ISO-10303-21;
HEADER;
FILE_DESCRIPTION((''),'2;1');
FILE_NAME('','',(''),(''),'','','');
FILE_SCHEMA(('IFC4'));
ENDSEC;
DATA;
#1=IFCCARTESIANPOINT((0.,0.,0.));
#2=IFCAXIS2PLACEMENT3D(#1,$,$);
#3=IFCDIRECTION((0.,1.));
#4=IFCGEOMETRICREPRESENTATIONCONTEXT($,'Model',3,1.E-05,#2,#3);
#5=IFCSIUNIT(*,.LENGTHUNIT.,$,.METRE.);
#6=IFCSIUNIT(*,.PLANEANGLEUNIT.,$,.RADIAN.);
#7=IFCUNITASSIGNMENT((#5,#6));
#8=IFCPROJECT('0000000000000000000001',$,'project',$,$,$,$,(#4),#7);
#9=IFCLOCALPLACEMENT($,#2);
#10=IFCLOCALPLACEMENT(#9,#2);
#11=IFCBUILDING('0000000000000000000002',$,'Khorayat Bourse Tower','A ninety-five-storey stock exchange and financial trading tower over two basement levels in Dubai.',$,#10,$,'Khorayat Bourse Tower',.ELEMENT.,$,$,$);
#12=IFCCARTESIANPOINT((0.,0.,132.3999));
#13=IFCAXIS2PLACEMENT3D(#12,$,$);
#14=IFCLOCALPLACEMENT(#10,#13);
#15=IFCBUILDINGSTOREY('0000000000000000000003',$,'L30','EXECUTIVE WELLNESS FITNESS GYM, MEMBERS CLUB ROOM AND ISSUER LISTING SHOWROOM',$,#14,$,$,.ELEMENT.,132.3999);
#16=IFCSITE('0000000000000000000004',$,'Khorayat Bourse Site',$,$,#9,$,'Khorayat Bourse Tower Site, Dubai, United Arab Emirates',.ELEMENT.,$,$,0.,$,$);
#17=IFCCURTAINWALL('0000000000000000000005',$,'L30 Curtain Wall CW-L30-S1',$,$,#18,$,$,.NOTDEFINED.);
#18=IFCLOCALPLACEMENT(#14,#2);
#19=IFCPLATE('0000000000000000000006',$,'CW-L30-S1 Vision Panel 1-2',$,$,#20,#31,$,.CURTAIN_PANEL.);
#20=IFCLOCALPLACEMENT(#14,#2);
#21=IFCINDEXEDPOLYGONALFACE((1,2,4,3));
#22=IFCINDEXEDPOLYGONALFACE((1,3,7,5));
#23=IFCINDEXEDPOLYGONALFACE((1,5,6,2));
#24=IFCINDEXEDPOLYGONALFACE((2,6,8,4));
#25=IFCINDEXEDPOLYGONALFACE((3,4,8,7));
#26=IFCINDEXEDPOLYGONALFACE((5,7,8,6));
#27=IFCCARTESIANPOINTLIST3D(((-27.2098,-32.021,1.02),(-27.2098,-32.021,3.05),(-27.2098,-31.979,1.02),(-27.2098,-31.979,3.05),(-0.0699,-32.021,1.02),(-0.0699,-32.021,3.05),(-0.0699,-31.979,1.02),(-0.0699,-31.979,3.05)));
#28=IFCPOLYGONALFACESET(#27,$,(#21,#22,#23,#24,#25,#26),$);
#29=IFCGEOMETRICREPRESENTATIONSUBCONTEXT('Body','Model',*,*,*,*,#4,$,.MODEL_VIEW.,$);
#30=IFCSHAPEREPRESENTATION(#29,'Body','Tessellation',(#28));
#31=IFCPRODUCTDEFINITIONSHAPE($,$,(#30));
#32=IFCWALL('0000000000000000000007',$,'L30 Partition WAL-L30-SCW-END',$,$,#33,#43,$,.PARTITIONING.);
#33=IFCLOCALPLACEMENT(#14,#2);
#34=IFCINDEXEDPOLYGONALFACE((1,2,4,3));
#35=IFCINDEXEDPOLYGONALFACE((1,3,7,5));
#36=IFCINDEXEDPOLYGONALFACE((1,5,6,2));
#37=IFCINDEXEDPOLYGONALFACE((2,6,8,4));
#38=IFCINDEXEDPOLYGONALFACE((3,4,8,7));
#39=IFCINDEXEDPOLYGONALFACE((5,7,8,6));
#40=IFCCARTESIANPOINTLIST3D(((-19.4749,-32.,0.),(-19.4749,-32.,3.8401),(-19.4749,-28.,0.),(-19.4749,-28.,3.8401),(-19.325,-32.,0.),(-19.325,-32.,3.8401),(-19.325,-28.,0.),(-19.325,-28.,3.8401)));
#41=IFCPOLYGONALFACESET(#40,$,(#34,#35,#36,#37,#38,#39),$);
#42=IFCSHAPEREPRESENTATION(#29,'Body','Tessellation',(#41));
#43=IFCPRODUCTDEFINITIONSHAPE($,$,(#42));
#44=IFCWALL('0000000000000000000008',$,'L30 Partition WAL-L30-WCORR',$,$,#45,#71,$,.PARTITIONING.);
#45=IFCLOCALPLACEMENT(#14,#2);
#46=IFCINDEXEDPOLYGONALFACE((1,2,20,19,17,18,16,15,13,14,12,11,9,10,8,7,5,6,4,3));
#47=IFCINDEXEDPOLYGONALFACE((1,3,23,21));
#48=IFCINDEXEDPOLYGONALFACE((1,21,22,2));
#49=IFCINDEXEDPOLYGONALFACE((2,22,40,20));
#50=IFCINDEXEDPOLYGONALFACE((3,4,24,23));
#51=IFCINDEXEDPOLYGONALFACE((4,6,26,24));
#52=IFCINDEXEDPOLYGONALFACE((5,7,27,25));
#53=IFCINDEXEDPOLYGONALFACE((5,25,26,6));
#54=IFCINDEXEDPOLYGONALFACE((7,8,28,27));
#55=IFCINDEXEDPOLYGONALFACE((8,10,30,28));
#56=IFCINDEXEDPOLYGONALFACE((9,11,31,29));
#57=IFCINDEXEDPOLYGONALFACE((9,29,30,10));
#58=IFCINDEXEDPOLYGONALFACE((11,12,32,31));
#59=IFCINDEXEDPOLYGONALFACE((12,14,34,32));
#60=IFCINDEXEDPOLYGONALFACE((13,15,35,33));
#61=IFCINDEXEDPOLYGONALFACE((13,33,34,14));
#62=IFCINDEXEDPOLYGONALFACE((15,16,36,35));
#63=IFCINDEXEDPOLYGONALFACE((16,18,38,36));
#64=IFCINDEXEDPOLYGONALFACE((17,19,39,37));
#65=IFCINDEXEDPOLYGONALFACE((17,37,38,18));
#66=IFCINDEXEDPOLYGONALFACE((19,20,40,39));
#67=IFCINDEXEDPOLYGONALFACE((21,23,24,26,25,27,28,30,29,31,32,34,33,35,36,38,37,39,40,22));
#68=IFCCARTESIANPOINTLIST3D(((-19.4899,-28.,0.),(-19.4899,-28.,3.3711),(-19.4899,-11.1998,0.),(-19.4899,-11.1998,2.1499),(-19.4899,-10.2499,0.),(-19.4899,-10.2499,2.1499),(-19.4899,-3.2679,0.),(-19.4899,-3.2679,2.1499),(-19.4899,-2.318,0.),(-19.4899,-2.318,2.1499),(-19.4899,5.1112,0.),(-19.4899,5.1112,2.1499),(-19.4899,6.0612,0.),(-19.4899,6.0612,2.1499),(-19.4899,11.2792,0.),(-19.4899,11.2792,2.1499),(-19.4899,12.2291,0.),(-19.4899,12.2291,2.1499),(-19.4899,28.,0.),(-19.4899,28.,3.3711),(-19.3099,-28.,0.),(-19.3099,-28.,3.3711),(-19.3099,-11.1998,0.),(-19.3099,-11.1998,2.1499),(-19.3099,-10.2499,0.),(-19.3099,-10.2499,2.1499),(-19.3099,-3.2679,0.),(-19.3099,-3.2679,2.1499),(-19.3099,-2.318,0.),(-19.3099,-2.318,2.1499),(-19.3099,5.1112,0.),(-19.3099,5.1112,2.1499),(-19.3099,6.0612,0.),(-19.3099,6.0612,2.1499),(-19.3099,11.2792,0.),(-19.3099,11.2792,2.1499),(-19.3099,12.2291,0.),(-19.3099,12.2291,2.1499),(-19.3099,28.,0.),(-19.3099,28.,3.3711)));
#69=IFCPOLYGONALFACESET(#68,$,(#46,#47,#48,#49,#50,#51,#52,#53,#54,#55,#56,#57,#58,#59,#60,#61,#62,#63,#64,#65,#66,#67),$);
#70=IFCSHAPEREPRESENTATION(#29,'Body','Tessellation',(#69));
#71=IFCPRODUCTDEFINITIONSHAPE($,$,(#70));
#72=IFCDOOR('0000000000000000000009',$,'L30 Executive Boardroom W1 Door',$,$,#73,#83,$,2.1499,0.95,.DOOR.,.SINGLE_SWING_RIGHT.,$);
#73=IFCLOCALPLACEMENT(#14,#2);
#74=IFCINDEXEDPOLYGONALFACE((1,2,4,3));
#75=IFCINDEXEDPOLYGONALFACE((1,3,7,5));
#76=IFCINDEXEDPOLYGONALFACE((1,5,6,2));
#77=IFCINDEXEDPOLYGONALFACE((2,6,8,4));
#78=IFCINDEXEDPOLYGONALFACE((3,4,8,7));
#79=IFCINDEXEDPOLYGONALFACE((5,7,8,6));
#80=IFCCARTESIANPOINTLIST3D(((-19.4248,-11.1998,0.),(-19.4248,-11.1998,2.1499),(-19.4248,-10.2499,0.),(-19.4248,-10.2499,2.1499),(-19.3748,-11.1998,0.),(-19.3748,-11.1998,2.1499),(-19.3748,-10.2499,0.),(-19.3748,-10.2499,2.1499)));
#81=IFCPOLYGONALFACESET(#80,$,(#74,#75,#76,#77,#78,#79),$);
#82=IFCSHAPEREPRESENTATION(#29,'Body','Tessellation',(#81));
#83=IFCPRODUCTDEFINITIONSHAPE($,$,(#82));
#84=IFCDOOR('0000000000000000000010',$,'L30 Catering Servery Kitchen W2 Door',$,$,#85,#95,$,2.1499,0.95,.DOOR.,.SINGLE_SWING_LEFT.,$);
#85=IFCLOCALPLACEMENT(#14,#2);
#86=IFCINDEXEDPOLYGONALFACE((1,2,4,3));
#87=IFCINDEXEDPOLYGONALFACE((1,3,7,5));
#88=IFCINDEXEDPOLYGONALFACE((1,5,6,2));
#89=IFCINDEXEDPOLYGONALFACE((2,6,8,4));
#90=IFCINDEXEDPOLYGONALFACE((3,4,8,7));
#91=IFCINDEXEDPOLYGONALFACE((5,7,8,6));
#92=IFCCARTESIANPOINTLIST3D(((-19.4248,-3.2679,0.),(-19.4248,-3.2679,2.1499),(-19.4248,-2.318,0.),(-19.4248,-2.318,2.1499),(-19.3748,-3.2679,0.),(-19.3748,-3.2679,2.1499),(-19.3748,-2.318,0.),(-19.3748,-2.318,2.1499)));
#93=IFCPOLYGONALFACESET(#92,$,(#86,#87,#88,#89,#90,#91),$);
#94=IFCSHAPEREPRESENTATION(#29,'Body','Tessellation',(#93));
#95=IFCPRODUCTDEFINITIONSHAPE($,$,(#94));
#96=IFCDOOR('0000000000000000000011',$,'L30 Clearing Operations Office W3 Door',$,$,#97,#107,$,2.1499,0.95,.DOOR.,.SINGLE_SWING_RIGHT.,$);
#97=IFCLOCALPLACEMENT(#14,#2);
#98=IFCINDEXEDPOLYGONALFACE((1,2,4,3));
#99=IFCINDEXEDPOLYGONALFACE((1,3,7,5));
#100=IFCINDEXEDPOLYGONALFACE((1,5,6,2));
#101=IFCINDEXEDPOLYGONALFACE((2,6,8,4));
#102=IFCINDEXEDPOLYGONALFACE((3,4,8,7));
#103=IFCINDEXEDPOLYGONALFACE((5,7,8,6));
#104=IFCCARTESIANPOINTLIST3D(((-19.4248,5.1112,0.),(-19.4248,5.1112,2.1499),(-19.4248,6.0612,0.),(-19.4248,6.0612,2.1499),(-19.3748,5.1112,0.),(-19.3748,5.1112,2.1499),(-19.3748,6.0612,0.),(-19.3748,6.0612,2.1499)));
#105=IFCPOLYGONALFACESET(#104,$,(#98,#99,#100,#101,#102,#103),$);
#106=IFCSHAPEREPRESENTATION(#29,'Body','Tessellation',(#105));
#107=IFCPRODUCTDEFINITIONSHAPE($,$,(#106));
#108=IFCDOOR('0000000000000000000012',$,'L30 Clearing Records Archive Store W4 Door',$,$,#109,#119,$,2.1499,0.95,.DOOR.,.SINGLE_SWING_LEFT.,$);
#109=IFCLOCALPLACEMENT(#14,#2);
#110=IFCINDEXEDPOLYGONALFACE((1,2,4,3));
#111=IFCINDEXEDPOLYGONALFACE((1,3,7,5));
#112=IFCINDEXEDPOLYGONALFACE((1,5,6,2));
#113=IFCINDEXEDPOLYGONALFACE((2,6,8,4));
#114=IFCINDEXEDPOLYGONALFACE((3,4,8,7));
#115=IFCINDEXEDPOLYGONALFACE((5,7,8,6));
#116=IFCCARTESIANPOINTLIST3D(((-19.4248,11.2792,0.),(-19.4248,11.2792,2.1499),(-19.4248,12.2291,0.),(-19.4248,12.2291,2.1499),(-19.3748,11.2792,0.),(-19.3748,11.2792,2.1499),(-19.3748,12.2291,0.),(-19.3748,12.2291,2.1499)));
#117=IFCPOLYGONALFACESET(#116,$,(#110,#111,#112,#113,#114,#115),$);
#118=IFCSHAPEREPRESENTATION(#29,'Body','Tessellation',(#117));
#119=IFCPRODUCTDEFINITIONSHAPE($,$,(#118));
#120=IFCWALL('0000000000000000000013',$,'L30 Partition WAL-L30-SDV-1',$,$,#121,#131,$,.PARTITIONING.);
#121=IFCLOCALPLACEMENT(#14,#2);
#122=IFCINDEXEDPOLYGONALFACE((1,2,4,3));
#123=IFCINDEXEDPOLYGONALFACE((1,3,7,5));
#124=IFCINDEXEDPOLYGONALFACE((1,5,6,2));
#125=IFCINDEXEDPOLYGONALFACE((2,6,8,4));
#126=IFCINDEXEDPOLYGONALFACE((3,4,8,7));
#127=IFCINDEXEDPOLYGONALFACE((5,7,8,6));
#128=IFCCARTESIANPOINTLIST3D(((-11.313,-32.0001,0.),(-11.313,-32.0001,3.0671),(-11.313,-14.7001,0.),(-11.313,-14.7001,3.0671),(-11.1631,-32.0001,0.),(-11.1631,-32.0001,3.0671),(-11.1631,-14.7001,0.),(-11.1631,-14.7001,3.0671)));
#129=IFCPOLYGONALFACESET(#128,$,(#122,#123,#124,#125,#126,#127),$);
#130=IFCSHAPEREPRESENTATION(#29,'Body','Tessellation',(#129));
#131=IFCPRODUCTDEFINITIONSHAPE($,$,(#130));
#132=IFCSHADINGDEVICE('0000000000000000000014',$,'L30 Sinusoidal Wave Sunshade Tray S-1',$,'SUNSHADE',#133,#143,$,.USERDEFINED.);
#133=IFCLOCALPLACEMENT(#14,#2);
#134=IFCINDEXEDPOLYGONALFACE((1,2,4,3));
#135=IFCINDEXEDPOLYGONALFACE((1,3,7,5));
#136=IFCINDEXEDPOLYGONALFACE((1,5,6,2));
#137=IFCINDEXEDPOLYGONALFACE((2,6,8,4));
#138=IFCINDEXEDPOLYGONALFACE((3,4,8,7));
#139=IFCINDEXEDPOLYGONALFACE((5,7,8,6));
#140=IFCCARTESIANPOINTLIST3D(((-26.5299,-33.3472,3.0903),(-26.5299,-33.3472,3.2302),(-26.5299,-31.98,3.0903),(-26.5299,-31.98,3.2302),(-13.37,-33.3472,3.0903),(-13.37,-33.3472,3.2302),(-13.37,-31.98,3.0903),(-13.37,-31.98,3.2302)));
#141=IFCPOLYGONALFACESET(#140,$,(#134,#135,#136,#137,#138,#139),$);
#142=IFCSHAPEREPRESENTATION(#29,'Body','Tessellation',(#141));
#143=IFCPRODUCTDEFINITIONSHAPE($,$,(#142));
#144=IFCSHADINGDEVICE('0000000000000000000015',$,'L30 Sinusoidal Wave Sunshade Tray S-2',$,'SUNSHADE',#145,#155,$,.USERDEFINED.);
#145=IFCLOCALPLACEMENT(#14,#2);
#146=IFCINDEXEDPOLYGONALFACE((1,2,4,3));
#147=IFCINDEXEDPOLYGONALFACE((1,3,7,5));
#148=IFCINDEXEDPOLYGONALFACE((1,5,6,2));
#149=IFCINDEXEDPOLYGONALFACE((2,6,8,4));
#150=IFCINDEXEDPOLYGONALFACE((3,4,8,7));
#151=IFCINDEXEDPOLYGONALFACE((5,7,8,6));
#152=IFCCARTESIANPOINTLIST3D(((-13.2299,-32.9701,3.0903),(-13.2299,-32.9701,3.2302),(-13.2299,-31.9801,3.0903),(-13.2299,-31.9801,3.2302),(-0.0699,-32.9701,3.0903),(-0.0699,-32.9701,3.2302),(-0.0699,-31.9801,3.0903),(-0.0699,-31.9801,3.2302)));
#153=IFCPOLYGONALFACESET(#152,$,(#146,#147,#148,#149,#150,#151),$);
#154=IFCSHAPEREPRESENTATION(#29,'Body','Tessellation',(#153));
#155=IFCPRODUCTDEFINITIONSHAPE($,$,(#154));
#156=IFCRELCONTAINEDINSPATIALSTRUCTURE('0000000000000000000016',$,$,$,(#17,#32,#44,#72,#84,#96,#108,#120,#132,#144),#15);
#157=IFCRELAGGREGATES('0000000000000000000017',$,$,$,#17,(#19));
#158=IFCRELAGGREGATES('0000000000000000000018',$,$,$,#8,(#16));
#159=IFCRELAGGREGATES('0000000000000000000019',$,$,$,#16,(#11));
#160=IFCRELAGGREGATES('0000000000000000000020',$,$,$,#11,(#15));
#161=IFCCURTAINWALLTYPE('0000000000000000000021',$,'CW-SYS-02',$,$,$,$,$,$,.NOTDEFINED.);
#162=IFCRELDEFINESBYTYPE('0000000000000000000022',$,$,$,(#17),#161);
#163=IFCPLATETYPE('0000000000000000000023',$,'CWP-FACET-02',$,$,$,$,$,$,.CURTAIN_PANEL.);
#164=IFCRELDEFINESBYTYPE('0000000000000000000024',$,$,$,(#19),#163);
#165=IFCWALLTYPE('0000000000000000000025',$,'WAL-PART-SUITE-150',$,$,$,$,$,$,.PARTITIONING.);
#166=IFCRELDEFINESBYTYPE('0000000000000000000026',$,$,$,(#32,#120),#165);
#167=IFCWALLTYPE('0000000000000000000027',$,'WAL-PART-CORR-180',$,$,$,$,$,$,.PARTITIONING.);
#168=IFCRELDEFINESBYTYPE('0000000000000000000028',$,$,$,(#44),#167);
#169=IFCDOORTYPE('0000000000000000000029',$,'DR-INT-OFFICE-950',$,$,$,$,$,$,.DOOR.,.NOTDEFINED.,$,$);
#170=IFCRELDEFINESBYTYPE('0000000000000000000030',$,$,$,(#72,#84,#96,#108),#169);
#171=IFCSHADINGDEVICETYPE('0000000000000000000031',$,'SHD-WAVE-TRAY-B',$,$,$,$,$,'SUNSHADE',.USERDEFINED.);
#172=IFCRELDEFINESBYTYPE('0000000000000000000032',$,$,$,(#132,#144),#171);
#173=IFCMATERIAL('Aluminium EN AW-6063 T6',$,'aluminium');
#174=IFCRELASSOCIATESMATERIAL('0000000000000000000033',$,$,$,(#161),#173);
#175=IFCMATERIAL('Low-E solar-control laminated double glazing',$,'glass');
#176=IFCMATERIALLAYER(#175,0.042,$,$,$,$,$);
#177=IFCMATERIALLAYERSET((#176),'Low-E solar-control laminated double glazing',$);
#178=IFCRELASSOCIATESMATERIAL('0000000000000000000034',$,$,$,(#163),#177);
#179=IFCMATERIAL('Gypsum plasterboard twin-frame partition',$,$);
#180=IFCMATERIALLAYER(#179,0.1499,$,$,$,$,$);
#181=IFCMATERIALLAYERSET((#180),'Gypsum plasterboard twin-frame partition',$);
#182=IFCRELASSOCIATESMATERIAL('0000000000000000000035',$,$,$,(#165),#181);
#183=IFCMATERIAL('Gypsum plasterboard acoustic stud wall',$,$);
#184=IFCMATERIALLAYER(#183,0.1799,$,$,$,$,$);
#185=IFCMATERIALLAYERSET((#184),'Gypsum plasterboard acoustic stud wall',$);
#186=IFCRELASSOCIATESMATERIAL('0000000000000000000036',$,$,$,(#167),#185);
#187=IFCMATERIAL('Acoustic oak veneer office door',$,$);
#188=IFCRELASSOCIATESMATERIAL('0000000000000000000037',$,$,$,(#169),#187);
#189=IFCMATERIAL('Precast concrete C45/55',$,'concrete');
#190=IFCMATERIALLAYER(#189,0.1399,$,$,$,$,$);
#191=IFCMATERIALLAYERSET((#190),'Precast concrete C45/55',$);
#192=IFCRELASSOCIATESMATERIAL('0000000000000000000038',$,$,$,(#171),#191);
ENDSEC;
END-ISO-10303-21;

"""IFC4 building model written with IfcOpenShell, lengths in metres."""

from ifc_helpers import new_model, si_unit, direction, frame, frame_2d, origin, origin_2d, place, context, subcontext, project, spatial, rectangle, extrude, source, transform, mapped, material, layer, layer_set, type_object, element, fill, aggregate, save


model = new_model("IFC4")

# Units and contexts
model_context = context("Model", 3, precision=1e-05, world=origin(), true_north=direction((0.0, 1.0)))
body_context = subcontext(model_context, "Body", "Model", "MODEL_VIEW")
ifc_project = project(units=[si_unit("LENGTHUNIT", "METRE"), si_unit("PLANEANGLEUNIT", "RADIAN")], contexts=[model_context])

# Site, building, storey
site_placement = place(None, origin())
site = spatial("IfcSite", under=ifc_project, at=site_placement, Name="Khorayat Bourse Site", LongName="Khorayat Bourse Tower Site, Dubai, United Arab Emirates", CompositionType="ELEMENT", RefElevation=0.0)
building_placement = place(site_placement, origin())
building = spatial("IfcBuilding", under=site, at=building_placement, Name="Khorayat Bourse Tower", Description="A ninety-five-storey stock exchange and financial trading tower over two basement levels in Dubai.", LongName="Khorayat Bourse Tower", CompositionType="ELEMENT")
storey_placement = place(building_placement, frame((0.0, 0.0, 132.3999)))
storey = spatial("IfcBuildingStorey", under=building, at=storey_placement, Name="L30", Description="EXECUTIVE WELLNESS FITNESS GYM, MEMBERS CLUB ROOM AND ISSUER LISTING SHOWROOM", CompositionType="ELEMENT", Elevation=132.3999)

# Curtain wall
ifc_material_1 = material(Name="Aluminium EN AW-6063 T6", Category="aluminium")
curtain_wall_type = type_object("IfcCurtainWallType", Name="CW-SYS-02", PredefinedType="NOTDEFINED", material=ifc_material_1)
curtain_wall_placement = place(storey_placement, origin())
curtain_wall = element("IfcCurtainWall", 1, at=curtain_wall_placement, inside=storey, type_object=curtain_wall_type, Name="L30 Curtain Wall CW-L30-S1", PredefinedType="NOTDEFINED")

# Plate
ifc_material_2 = material(Name="Low-E solar-control laminated double glazing", Category="glass")
ifc_layer_1 = layer(ifc_material_2, 0.042)
ifc_layer_set_1 = layer_set([ifc_layer_1], Name="Low-E solar-control laminated double glazing")
plate_type_1 = type_object("IfcPlateType", Name="CWP-FACET-02", PredefinedType="CURTAIN_PANEL", material=ifc_layer_set_1)
shared_shape_1 = source(origin(), body_context, "Body", "SweptSolid", [
    extrude(rectangle(XDim=27.1399, YDim=0.042, at=origin_2d()), origin(), (0.0, 0.0, 1.0), 2.03),
])
plate_1_placement = place(storey_placement, frame((-13.6399, -32.0, 1.02), z_axis=(0.0, 0.0, 1.0), x_axis=(1.0, 0.0, 0.0)))
plate_1 = element("IfcPlate", 2, at=plate_1_placement, type_object=plate_type_1, Name="CW-L30-S1 Vision Panel 1-2", PredefinedType="CURTAIN_PANEL", context=body_context, shape_type="MappedRepresentation", body=[
    mapped(shared_shape_1, transform((0.0, 0.0, 0.0), scale=1.0)),
])
aggregate(curtain_wall, [plate_1])

# Wall
ifc_material_3 = material(Name="Gypsum plasterboard twin-frame partition")
ifc_layer_2 = layer(ifc_material_3, 0.1499)
ifc_layer_set_2 = layer_set([ifc_layer_2], Name="Gypsum plasterboard twin-frame partition")
wall_type_1 = type_object("IfcWallType", Name="WAL-PART-SUITE-150", PredefinedType="PARTITIONING", material=ifc_layer_set_2)
shared_shape_2 = source(origin(), body_context, "Body", "SweptSolid", [
    extrude(rectangle(XDim=4.0, YDim=0.1499, at=frame_2d((2.0, 0.0))), origin(), (0.0, 0.0, 1.0), 3.8401),
])
wall_1_placement = place(storey_placement, frame((-19.3999, -32.0, 0.0), z_axis=(0.0, 0.0, 1.0), x_axis=(0.0, 1.0, 0.0)))
element("IfcWall", 3, at=wall_1_placement, inside=storey, type_object=wall_type_1, Name="L30 Partition WAL-L30-SCW-END", PredefinedType="PARTITIONING", context=body_context, shape_type="MappedRepresentation", body=[
    mapped(shared_shape_2, transform((0.0, 0.0, 0.0), scale=1.0)),
])

# Wall, openings, doors
ifc_material_4 = material(Name="Gypsum plasterboard acoustic stud wall")
ifc_layer_3 = layer(ifc_material_4, 0.1799)
ifc_layer_set_3 = layer_set([ifc_layer_3], Name="Gypsum plasterboard acoustic stud wall")
wall_type_2 = type_object("IfcWallType", Name="WAL-PART-CORR-180", PredefinedType="PARTITIONING", material=ifc_layer_set_3)
shared_shape_3 = source(origin(), body_context, "Body", "SweptSolid", [
    extrude(rectangle(XDim=56.0, YDim=0.1799, at=frame_2d((28.0, 0.0))), origin(), (0.0, 0.0, 1.0), 3.3711),
])
wall_2_placement = place(storey_placement, frame((-19.3999, -28.0, 0.0), z_axis=(0.0, 0.0, 1.0), x_axis=(0.0, 1.0, 0.0)))
wall_2 = element("IfcWall", 4, at=wall_2_placement, inside=storey, type_object=wall_type_2, Name="L30 Partition WAL-L30-WCORR", PredefinedType="PARTITIONING", context=body_context, shape_type="MappedRepresentation", body=[
    mapped(shared_shape_3, transform((0.0, 0.0, 0.0), scale=1.0)),
])
shared_shape_4 = source(origin(), body_context, "Body", "SweptSolid", [
    extrude(rectangle(XDim=0.95, YDim=2.1499, at=frame_2d((0.4751, 1.075))), frame((0.0, 0.0999, 0.0), z_axis=(0.0, -1.0, 0.0), x_axis=(1.0, 0.0, 0.0)), (0.0, 0.0, 1.0), 0.2),
])
opening_1_placement = place(wall_2_placement, frame((16.8, 0.0, 0.0)))
opening_1 = element("IfcOpeningElement", 5, at=opening_1_placement, cuts=wall_2, PredefinedType="OPENING", context=body_context, shape_type="MappedRepresentation", body=[
    mapped(shared_shape_4, transform((0.0, 0.0, 0.0), scale=1.0)),
])
opening_2_placement = place(wall_2_placement, frame((24.7319, 0.0, 0.0)))
opening_2 = element("IfcOpeningElement", 6, at=opening_2_placement, cuts=wall_2, PredefinedType="OPENING", context=body_context, shape_type="MappedRepresentation", body=[
    mapped(shared_shape_4, transform((0.0, 0.0, 0.0), scale=1.0)),
])
opening_3_placement = place(wall_2_placement, frame((33.1111, 0.0, 0.0)))
opening_3 = element("IfcOpeningElement", 7, at=opening_3_placement, cuts=wall_2, PredefinedType="OPENING", context=body_context, shape_type="MappedRepresentation", body=[
    mapped(shared_shape_4, transform((0.0, 0.0, 0.0), scale=1.0)),
])
opening_4_placement = place(wall_2_placement, frame((39.2791, 0.0, 0.0)))
opening_4 = element("IfcOpeningElement", 8, at=opening_4_placement, cuts=wall_2, PredefinedType="OPENING", context=body_context, shape_type="MappedRepresentation", body=[
    mapped(shared_shape_4, transform((0.0, 0.0, 0.0), scale=1.0)),
])
ifc_material_5 = material(Name="Acoustic oak veneer office door")
door_type = type_object("IfcDoorType", Name="DR-INT-OFFICE-950", OperationType="NOTDEFINED", PredefinedType="DOOR", material=ifc_material_5)
shared_shape_5 = source(origin(), body_context, "Body", "SweptSolid", [
    extrude(rectangle(XDim=0.95, YDim=2.1499, at=frame_2d((0.4751, 1.075))), frame((0.0, 0.0249, 0.0), z_axis=(0.0, -1.0, 0.0), x_axis=(1.0, 0.0, 0.0)), (0.0, 0.0, 1.0), 0.05),
])
door_1_placement = place(opening_1_placement, origin())
door_1 = element("IfcDoor", 9, at=door_1_placement, inside=storey, type_object=door_type, Name="L30 Executive Boardroom W1 Door", OperationType="SINGLE_SWING_RIGHT", OverallHeight=2.1499, OverallWidth=0.95, PredefinedType="DOOR", context=body_context, shape_type="MappedRepresentation", body=[
    mapped(shared_shape_5, transform((0.0, 0.0, 0.0), scale=1.0)),
])
fill(opening_1, door_1)
door_2_placement = place(opening_2_placement, origin())
door_2 = element("IfcDoor", 10, at=door_2_placement, inside=storey, type_object=door_type, Name="L30 Catering Servery Kitchen W2 Door", OperationType="SINGLE_SWING_LEFT", OverallHeight=2.1499, OverallWidth=0.95, PredefinedType="DOOR", context=body_context, shape_type="MappedRepresentation", body=[
    mapped(shared_shape_5, transform((0.0, 0.0, 0.0), scale=1.0)),
])
fill(opening_2, door_2)
door_3_placement = place(opening_3_placement, origin())
door_3 = element("IfcDoor", 11, at=door_3_placement, inside=storey, type_object=door_type, Name="L30 Clearing Operations Office W3 Door", OperationType="SINGLE_SWING_RIGHT", OverallHeight=2.1499, OverallWidth=0.95, PredefinedType="DOOR", context=body_context, shape_type="MappedRepresentation", body=[
    mapped(shared_shape_5, transform((0.0, 0.0, 0.0), scale=1.0)),
])
fill(opening_3, door_3)
door_4_placement = place(opening_4_placement, origin())
door_4 = element("IfcDoor", 12, at=door_4_placement, inside=storey, type_object=door_type, Name="L30 Clearing Records Archive Store W4 Door", OperationType="SINGLE_SWING_LEFT", OverallHeight=2.1499, OverallWidth=0.95, PredefinedType="DOOR", context=body_context, shape_type="MappedRepresentation", body=[
    mapped(shared_shape_5, transform((0.0, 0.0, 0.0), scale=1.0)),
])
fill(opening_4, door_4)

# Wall
shared_shape_6 = source(origin(), body_context, "Body", "SweptSolid", [
    extrude(rectangle(XDim=17.3, YDim=0.1499, at=frame_2d((8.6499, 0.0))), origin(), (0.0, 0.0, 1.0), 3.0671),
])
wall_3_placement = place(storey_placement, frame((-11.238, -32.0, 0.0), z_axis=(0.0, 0.0, 1.0), x_axis=(0.0, 1.0, 0.0)))
element("IfcWall", 13, at=wall_3_placement, inside=storey, type_object=wall_type_1, Name="L30 Partition WAL-L30-SDV-1", PredefinedType="PARTITIONING", context=body_context, shape_type="MappedRepresentation", body=[
    mapped(shared_shape_6, transform((0.0, 0.0, 0.0), scale=1.0)),
])

# Shading devices
ifc_material_6 = material(Name="Precast concrete C45/55", Category="concrete")
ifc_layer_4 = layer(ifc_material_6, 0.1399)
ifc_layer_set_4 = layer_set([ifc_layer_4], Name="Precast concrete C45/55")
shading_device_type = type_object("IfcShadingDeviceType", Name="SHD-WAVE-TRAY-B", ElementType="SUNSHADE", PredefinedType="USERDEFINED", material=ifc_layer_set_4)
shared_shape_7 = source(origin(), body_context, "Body", "SweptSolid", [
    extrude(rectangle(XDim=13.1599, YDim=1.3672, at=origin_2d()), origin(), (0.0, 0.0, 1.0), 0.1399),
])
shading_device_1_placement = place(storey_placement, frame((-19.95, -32.6636, 3.0903), z_axis=(0.0, 0.0, 1.0), x_axis=(1.0, 0.0, 0.0)))
element("IfcShadingDevice", 14, at=shading_device_1_placement, inside=storey, type_object=shading_device_type, Name="L30 Sinusoidal Wave Sunshade Tray S-1", ObjectType="SUNSHADE", PredefinedType="USERDEFINED", context=body_context, shape_type="MappedRepresentation", body=[
    mapped(shared_shape_7, transform((0.0, 0.0, 0.0), scale=1.0)),
])
shared_shape_8 = source(origin(), body_context, "Body", "SweptSolid", [
    extrude(rectangle(XDim=13.1599, YDim=0.99, at=origin_2d()), origin(), (0.0, 0.0, 1.0), 0.1399),
])
shading_device_2_placement = place(storey_placement, frame((-6.6499, -32.4751, 3.0903), z_axis=(0.0, 0.0, 1.0), x_axis=(1.0, 0.0, 0.0)))
element("IfcShadingDevice", 15, at=shading_device_2_placement, inside=storey, type_object=shading_device_type, Name="L30 Sinusoidal Wave Sunshade Tray S-2", ObjectType="SUNSHADE", PredefinedType="USERDEFINED", context=body_context, shape_type="MappedRepresentation", body=[
    mapped(shared_shape_8, transform((0.0, 0.0, 0.0), scale=1.0)),
])

save(model, "model.ifc")
